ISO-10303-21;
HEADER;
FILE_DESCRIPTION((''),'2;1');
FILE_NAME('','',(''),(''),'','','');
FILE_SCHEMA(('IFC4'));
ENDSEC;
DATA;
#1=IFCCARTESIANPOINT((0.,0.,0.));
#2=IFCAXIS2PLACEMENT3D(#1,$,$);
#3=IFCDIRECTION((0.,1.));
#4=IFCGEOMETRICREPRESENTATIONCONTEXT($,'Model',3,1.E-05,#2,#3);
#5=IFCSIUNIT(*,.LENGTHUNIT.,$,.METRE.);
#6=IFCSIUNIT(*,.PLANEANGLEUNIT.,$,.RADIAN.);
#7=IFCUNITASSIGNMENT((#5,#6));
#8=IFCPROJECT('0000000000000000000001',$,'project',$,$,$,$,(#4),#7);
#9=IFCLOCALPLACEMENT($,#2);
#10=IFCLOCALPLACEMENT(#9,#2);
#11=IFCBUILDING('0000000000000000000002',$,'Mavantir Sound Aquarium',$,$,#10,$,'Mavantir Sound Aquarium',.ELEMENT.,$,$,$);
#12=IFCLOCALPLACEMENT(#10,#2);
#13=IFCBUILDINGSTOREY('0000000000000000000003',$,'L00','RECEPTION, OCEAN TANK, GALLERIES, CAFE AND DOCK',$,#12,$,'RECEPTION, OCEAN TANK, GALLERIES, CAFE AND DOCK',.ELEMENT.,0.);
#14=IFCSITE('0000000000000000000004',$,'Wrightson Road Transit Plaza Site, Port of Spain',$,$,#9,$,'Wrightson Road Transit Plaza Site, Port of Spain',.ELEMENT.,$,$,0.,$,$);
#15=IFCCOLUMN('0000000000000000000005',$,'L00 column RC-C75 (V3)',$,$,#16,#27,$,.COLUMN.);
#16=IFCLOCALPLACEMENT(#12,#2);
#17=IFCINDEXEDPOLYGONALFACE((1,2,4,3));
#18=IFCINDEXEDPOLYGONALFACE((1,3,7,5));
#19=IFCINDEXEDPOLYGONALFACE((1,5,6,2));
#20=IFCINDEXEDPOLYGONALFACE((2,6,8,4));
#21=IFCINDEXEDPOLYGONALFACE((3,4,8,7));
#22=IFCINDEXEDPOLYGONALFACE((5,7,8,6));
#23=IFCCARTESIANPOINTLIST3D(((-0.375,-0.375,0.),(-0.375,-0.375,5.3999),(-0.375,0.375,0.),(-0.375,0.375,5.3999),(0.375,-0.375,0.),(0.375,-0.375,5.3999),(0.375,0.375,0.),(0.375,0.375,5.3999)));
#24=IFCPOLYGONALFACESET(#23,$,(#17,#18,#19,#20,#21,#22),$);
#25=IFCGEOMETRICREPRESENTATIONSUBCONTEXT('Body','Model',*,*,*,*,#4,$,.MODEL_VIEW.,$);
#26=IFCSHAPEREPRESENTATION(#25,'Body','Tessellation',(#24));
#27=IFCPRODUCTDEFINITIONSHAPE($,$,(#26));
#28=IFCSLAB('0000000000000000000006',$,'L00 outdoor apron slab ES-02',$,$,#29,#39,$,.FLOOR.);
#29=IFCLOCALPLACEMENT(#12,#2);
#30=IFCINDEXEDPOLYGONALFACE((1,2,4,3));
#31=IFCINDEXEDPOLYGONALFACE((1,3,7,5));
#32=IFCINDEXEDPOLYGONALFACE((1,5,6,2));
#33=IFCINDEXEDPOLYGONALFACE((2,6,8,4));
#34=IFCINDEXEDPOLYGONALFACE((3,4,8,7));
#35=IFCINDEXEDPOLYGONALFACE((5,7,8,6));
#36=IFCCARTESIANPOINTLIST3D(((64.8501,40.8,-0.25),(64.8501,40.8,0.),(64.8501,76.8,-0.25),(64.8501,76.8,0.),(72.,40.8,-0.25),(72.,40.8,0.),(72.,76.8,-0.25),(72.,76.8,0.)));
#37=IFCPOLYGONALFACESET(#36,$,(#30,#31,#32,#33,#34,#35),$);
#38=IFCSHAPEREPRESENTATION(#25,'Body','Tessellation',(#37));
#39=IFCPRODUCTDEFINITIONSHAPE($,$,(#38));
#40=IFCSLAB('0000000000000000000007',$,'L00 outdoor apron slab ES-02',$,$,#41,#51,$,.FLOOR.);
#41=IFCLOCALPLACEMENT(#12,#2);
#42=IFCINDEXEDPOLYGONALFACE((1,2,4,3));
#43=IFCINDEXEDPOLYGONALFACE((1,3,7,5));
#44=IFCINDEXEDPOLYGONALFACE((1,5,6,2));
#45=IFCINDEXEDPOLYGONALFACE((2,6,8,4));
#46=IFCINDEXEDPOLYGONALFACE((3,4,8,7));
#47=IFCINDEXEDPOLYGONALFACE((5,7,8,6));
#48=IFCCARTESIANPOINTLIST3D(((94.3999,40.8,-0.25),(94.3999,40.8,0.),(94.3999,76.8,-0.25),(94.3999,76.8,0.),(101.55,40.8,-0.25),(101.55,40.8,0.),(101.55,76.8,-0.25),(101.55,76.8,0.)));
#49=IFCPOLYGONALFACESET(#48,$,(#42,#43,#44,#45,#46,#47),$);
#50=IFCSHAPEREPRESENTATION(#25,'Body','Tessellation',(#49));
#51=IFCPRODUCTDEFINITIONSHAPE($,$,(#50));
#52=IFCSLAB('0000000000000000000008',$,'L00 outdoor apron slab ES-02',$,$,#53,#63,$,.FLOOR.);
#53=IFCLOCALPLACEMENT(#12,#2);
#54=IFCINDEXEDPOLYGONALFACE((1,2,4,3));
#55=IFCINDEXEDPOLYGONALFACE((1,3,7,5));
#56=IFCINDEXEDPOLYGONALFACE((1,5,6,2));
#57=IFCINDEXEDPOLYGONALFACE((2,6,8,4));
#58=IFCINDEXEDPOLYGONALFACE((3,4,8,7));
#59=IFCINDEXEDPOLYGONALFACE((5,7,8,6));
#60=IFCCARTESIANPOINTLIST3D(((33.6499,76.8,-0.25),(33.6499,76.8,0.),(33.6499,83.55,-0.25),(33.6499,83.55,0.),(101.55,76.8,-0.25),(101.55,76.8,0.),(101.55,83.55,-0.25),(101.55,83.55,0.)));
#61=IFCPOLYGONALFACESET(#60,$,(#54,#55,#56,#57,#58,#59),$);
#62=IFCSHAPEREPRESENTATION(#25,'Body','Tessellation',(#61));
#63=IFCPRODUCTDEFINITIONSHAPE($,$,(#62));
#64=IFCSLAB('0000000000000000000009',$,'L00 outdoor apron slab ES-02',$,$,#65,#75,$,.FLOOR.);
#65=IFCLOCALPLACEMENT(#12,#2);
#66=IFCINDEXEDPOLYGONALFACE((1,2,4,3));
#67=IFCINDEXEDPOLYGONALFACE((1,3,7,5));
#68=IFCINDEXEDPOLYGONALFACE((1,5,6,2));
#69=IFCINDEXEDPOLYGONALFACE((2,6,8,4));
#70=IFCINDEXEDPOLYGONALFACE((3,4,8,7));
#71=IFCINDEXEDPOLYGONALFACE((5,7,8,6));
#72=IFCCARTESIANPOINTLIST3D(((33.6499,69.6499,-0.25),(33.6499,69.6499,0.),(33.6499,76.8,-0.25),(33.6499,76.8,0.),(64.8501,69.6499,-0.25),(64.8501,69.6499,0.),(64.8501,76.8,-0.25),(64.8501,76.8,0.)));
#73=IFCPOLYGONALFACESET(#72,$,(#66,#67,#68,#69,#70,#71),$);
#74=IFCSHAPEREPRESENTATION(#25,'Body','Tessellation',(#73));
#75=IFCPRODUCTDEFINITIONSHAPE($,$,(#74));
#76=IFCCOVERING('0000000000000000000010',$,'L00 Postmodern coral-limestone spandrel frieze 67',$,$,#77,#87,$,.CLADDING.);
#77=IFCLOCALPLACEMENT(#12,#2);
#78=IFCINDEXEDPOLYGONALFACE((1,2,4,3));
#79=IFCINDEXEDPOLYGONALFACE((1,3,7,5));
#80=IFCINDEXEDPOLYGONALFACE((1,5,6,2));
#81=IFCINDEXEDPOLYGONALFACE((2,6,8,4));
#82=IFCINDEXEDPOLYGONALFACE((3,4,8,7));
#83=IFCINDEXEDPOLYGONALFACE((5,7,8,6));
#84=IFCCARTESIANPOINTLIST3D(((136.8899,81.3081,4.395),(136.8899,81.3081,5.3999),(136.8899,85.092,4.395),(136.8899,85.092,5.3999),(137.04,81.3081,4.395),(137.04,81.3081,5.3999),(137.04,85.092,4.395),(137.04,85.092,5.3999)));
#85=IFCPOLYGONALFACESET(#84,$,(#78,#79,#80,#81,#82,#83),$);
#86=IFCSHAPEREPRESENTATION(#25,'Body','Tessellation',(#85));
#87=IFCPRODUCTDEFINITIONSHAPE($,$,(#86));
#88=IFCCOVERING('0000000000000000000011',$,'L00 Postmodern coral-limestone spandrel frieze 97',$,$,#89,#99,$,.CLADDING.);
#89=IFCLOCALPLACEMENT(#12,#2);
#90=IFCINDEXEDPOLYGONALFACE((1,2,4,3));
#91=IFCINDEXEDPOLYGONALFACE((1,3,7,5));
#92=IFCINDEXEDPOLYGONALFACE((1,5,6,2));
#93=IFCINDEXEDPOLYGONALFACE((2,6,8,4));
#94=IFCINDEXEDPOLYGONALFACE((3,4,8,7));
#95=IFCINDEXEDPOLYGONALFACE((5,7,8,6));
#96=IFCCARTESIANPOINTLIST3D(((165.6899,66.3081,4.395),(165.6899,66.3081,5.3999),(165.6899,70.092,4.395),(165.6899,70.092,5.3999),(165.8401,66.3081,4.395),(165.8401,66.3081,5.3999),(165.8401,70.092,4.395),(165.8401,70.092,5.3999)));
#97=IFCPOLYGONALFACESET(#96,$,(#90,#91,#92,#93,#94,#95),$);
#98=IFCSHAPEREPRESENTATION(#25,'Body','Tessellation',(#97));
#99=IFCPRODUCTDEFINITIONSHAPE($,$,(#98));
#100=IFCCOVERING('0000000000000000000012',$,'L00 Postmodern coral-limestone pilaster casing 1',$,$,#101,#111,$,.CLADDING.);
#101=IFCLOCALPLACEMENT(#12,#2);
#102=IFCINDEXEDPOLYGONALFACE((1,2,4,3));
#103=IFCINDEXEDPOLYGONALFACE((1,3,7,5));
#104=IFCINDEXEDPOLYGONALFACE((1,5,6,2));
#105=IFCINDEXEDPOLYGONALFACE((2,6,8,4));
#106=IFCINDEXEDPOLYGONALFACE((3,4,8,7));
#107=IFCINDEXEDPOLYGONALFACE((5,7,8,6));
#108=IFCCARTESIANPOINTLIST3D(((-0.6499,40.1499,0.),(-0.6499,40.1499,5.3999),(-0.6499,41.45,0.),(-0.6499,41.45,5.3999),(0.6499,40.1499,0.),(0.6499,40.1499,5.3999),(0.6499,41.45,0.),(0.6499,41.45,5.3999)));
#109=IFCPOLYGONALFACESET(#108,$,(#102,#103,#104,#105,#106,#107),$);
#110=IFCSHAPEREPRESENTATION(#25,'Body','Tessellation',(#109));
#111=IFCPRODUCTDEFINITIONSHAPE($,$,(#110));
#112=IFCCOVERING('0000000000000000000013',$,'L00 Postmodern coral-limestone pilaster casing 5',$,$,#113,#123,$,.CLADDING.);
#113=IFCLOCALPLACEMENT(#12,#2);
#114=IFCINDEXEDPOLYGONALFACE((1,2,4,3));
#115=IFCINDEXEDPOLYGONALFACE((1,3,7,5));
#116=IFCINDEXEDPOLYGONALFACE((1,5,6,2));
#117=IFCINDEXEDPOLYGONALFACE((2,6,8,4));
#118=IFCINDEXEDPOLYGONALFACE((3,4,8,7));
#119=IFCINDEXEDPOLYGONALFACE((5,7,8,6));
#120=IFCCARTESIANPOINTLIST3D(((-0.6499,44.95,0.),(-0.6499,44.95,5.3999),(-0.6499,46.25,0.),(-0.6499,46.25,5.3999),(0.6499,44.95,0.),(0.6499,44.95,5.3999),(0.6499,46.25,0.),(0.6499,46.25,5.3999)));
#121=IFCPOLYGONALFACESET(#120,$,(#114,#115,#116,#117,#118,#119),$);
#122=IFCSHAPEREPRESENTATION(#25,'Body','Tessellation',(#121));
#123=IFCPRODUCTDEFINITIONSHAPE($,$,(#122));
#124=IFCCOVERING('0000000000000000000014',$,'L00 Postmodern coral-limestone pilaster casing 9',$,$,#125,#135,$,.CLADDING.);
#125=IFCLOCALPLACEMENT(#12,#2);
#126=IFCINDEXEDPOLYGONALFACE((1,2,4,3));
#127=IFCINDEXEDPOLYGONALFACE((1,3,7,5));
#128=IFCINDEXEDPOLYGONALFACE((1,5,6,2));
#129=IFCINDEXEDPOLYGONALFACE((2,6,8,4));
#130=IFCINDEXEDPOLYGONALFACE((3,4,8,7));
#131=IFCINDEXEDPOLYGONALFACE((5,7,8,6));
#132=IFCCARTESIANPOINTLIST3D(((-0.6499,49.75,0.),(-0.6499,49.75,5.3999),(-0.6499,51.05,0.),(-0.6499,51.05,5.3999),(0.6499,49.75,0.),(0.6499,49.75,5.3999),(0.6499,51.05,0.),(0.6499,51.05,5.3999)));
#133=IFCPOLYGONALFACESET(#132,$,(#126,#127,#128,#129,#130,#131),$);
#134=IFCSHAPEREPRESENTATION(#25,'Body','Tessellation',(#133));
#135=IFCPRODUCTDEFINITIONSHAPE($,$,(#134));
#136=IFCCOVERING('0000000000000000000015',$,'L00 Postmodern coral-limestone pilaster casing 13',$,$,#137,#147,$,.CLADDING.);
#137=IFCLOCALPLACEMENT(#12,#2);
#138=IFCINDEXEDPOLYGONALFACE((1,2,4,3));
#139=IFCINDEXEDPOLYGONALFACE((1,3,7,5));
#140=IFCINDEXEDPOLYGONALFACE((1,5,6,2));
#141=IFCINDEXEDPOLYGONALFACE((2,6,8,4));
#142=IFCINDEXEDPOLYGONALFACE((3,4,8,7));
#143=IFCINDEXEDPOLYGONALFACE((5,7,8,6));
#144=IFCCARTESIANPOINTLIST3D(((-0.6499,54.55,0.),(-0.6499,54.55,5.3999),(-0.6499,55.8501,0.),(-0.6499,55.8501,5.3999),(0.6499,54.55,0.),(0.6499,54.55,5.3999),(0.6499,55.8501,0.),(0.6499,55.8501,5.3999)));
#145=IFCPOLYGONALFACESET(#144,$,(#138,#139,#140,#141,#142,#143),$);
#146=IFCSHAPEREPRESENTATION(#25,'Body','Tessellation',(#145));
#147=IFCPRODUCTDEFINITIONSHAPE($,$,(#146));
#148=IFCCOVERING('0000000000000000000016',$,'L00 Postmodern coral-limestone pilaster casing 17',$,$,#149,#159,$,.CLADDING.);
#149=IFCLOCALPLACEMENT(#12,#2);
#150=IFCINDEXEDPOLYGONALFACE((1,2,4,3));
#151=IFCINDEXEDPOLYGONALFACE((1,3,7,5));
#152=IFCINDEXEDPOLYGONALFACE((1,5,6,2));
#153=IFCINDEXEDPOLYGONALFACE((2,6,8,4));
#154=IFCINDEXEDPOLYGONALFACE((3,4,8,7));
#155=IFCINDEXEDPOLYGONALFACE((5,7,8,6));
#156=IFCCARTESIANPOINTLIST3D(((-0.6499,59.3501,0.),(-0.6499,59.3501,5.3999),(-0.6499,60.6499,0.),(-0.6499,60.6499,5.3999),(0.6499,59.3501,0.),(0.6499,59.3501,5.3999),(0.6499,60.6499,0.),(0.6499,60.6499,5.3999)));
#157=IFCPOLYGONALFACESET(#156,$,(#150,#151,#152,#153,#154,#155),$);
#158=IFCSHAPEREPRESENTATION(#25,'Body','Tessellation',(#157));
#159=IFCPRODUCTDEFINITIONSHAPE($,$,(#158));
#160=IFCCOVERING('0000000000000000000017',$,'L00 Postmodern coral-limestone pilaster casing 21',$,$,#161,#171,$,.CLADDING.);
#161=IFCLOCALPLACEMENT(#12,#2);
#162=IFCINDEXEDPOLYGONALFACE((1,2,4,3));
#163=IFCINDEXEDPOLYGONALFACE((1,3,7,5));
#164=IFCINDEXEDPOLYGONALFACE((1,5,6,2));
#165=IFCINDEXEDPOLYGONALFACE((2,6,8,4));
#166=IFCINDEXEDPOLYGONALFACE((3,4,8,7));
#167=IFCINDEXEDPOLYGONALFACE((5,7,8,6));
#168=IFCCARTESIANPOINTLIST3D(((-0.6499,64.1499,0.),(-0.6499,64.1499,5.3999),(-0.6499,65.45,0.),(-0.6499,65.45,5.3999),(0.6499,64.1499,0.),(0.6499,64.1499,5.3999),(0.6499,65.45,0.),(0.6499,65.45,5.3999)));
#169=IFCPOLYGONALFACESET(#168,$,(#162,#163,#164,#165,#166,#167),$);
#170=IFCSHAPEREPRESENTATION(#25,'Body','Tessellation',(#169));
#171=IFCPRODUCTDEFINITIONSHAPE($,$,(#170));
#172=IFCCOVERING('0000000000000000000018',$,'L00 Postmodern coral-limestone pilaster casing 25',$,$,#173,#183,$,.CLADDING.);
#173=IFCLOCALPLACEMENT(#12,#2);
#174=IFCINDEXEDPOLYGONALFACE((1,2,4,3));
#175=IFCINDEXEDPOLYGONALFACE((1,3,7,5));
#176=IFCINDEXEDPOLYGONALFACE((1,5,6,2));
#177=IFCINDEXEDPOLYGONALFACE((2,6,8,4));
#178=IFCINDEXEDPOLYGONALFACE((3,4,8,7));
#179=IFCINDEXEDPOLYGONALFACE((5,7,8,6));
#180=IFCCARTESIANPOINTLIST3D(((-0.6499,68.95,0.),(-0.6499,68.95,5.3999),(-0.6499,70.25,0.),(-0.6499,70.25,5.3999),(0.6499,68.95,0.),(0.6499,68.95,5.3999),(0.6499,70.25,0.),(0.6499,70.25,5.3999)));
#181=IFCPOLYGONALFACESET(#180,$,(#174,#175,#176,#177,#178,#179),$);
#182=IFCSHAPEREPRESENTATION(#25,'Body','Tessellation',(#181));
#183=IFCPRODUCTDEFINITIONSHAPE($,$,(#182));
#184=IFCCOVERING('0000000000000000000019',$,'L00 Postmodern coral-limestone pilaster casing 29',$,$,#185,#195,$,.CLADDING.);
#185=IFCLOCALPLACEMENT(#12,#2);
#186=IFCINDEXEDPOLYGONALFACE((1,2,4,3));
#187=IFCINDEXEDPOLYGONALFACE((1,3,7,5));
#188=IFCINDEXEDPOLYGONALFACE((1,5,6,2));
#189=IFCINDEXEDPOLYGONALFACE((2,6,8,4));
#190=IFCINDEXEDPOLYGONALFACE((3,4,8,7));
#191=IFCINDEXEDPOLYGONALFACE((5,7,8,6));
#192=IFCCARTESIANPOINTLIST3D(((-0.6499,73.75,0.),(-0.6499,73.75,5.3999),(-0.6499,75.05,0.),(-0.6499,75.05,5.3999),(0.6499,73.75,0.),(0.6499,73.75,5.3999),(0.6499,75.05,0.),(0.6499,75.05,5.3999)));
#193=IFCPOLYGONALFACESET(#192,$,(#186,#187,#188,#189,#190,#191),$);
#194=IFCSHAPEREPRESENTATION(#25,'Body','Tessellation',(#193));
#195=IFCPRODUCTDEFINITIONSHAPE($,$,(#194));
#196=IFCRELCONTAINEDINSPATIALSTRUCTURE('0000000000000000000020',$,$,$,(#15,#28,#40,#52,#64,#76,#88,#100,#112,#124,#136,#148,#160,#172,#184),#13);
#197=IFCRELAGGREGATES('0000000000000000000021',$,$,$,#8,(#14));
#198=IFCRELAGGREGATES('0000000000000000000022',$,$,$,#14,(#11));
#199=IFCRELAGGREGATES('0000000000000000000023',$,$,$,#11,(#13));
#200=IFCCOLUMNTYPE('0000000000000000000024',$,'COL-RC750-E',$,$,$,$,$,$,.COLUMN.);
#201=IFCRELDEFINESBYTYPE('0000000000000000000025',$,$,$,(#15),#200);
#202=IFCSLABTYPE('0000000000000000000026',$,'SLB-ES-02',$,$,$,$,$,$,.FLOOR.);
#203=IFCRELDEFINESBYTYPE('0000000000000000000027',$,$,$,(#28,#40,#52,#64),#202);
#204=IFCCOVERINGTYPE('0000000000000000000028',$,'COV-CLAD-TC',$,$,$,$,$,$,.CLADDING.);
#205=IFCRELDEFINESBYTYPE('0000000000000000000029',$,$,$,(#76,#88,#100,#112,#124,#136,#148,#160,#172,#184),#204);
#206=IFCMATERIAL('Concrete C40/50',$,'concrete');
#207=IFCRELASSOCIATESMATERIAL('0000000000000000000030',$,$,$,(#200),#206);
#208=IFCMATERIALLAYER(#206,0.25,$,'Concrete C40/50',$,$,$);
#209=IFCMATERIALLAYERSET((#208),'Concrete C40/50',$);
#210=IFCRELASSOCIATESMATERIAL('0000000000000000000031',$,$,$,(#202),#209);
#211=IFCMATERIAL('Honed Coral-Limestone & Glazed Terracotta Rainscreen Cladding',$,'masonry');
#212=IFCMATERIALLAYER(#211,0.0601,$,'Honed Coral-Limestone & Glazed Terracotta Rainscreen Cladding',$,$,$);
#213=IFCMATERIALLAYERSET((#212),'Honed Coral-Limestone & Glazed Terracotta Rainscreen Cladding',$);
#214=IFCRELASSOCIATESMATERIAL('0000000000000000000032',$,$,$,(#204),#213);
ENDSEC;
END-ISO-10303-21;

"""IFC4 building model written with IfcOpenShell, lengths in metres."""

from ifc_helpers import new_model, si_unit, direction, frame, origin, origin_with_axes, origin_2d, place, context, subcontext, project, spatial, polyline, rectangle, outline, extrude, material, layer, layer_set, material_profile, profile_set, type_object, element, save


model = new_model("IFC4")

# Units and contexts
model_context = context("Model", 3, precision=1e-05, world=origin(), true_north=direction((0.0, 1.0)))
body_context = subcontext(model_context, "Body", "Model", "MODEL_VIEW")
ifc_project = project(units=[si_unit("LENGTHUNIT", "METRE"), si_unit("PLANEANGLEUNIT", "RADIAN")], contexts=[model_context])

# Site, building, storey
site_placement = place(None, origin())
site = spatial("IfcSite", under=ifc_project, at=site_placement, Name="Wrightson Road Transit Plaza Site, Port of Spain", LongName="Wrightson Road Transit Plaza Site, Port of Spain", CompositionType="ELEMENT", RefElevation=0.0)
building_placement = place(site_placement, origin())
building = spatial("IfcBuilding", under=site, at=building_placement, Name="Mavantir Sound Aquarium", LongName="Mavantir Sound Aquarium", CompositionType="ELEMENT")
storey_placement = place(building_placement, origin())
storey = spatial("IfcBuildingStorey", under=building, at=storey_placement, Name="L00", Description="RECEPTION, OCEAN TANK, GALLERIES, CAFE AND DOCK", LongName="RECEPTION, OCEAN TANK, GALLERIES, CAFE AND DOCK", CompositionType="ELEMENT", Elevation=0.0)

# Column
ifc_material_1 = material(Name="Concrete C40/50", Category="concrete")
ifc_material_profile = material_profile(ifc_material_1, rectangle(XDim=0.75, YDim=0.75, at=origin_2d()), Name="RC 750X750")
ifc_profile_set = profile_set([ifc_material_profile], Name="Concrete C40/50")
column_type = type_object("IfcColumnType", Name="COL-RC750-E", PredefinedType="COLUMN", material=ifc_profile_set)
column_placement = place(storey_placement, origin_with_axes())
element("IfcColumn", 1, at=column_placement, inside=storey, type_object=column_type, Name="L00 column RC-C75 (V3)", PredefinedType="COLUMN", context=body_context, shape_type="SweptSolid", body=[
    extrude(rectangle(XDim=0.75, YDim=0.75, at=origin_2d()), origin(), (0.0, 0.0, 1.0), 5.3999),
])

# Slabs
ifc_layer_1 = layer(ifc_material_1, 0.25, Name="Concrete C40/50")
ifc_layer_set_1 = layer_set([ifc_layer_1], Name="Concrete C40/50")
slab_type = type_object("IfcSlabType", Name="SLB-ES-02", PredefinedType="FLOOR", material=ifc_layer_set_1)
slab_1_placement = place(storey_placement, frame((0.0, 0.0, -0.25)))
element("IfcSlab", 2, at=slab_1_placement, inside=storey, type_object=slab_type, Name="L00 outdoor apron slab ES-02", PredefinedType="FLOOR", context=body_context, shape_type="SweptSolid", body=[
    extrude(outline(polyline([(64.8501, 40.8), (72.0, 40.8), (72.0, 76.8), (64.8501, 76.8), (64.8501, 40.8)])), origin(), (0.0, 0.0, 1.0), 0.25),
])
slab_2_placement = place(storey_placement, frame((0.0, 0.0, -0.25)))
element("IfcSlab", 3, at=slab_2_placement, inside=storey, type_object=slab_type, Name="L00 outdoor apron slab ES-02", PredefinedType="FLOOR", context=body_context, shape_type="SweptSolid", body=[
    extrude(outline(polyline([(94.3999, 40.8), (101.55, 40.8), (101.55, 76.8), (94.3999, 76.8), (94.3999, 40.8)])), origin(), (0.0, 0.0, 1.0), 0.25),
])
slab_3_placement = place(storey_placement, frame((0.0, 0.0, -0.25)))
element("IfcSlab", 4, at=slab_3_placement, inside=storey, type_object=slab_type, Name="L00 outdoor apron slab ES-02", PredefinedType="FLOOR", context=body_context, shape_type="SweptSolid", body=[
    extrude(outline(polyline([(33.6499, 76.8), (101.55, 76.8), (101.55, 83.55), (33.6499, 83.55), (33.6499, 76.8)])), origin(), (0.0, 0.0, 1.0), 0.25),
])
slab_4_placement = place(storey_placement, frame((0.0, 0.0, -0.25)))
element("IfcSlab", 5, at=slab_4_placement, inside=storey, type_object=slab_type, Name="L00 outdoor apron slab ES-02", PredefinedType="FLOOR", context=body_context, shape_type="SweptSolid", body=[
    extrude(outline(polyline([(33.6499, 69.6499), (64.8501, 69.6499), (64.8501, 76.8), (33.6499, 76.8), (33.6499, 69.6499)])), origin(), (0.0, 0.0, 1.0), 0.25),
])

# Coverings
ifc_material_2 = material(Name="Honed Coral-Limestone & Glazed Terracotta Rainscreen Cladding", Category="masonry")
ifc_layer_2 = layer(ifc_material_2, 0.0601, Name="Honed Coral-Limestone & Glazed Terracotta Rainscreen Cladding")
ifc_layer_set_2 = layer_set([ifc_layer_2], Name="Honed Coral-Limestone & Glazed Terracotta Rainscreen Cladding")
covering_type = type_object("IfcCoveringType", Name="COV-CLAD-TC", PredefinedType="CLADDING", material=ifc_layer_set_2)
covering_1_placement = place(storey_placement, frame((0.0, 0.0, 4.395)))
element("IfcCovering", 6, at=covering_1_placement, inside=storey, type_object=covering_type, Name="L00 Postmodern coral-limestone spandrel frieze 67", PredefinedType="CLADDING", context=body_context, shape_type="SweptSolid", body=[
    extrude(outline(polyline([(136.8899, 81.3081), (136.8899, 85.092), (137.04, 85.092), (137.04, 81.3081), (136.8899, 81.3081)])), origin(), (0.0, 0.0, 1.0), 1.0049),
])
covering_2_placement = place(storey_placement, frame((0.0, 0.0, 4.395)))
element("IfcCovering", 7, at=covering_2_placement, inside=storey, type_object=covering_type, Name="L00 Postmodern coral-limestone spandrel frieze 97", PredefinedType="CLADDING", context=body_context, shape_type="SweptSolid", body=[
    extrude(outline(polyline([(165.6899, 66.3081), (165.6899, 70.092), (165.8401, 70.092), (165.8401, 66.3081), (165.6899, 66.3081)])), origin(), (0.0, 0.0, 1.0), 1.0049),
])
covering_3_placement = place(storey_placement, origin())
element("IfcCovering", 8, at=covering_3_placement, inside=storey, type_object=covering_type, Name="L00 Postmodern coral-limestone pilaster casing 1", PredefinedType="CLADDING", context=body_context, shape_type="SweptSolid", body=[
    extrude(outline(polyline([(-0.6499, 40.1499), (0.6499, 40.1499), (0.6499, 41.45), (-0.6499, 41.45), (-0.6499, 40.1499)])), origin(), (0.0, 0.0, 1.0), 5.3999),
])
covering_4_placement = place(storey_placement, origin())
element("IfcCovering", 9, at=covering_4_placement, inside=storey, type_object=covering_type, Name="L00 Postmodern coral-limestone pilaster casing 5", PredefinedType="CLADDING", context=body_context, shape_type="SweptSolid", body=[
    extrude(outline(polyline([(-0.6499, 44.95), (0.6499, 44.95), (0.6499, 46.25), (-0.6499, 46.25), (-0.6499, 44.95)])), origin(), (0.0, 0.0, 1.0), 5.3999),
])
covering_5_placement = place(storey_placement, origin())
element("IfcCovering", 10, at=covering_5_placement, inside=storey, type_object=covering_type, Name="L00 Postmodern coral-limestone pilaster casing 9", PredefinedType="CLADDING", context=body_context, shape_type="SweptSolid", body=[
    extrude(outline(polyline([(-0.6499, 49.75), (0.6499, 49.75), (0.6499, 51.05), (-0.6499, 51.05), (-0.6499, 49.75)])), origin(), (0.0, 0.0, 1.0), 5.3999),
])
covering_6_placement = place(storey_placement, origin())
element("IfcCovering", 11, at=covering_6_placement, inside=storey, type_object=covering_type, Name="L00 Postmodern coral-limestone pilaster casing 13", PredefinedType="CLADDING", context=body_context, shape_type="SweptSolid", body=[
    extrude(outline(polyline([(-0.6499, 54.55), (0.6499, 54.55), (0.6499, 55.8501), (-0.6499, 55.8501), (-0.6499, 54.55)])), origin(), (0.0, 0.0, 1.0), 5.3999),
])
covering_7_placement = place(storey_placement, origin())
element("IfcCovering", 12, at=covering_7_placement, inside=storey, type_object=covering_type, Name="L00 Postmodern coral-limestone pilaster casing 17", PredefinedType="CLADDING", context=body_context, shape_type="SweptSolid", body=[
    extrude(outline(polyline([(-0.6499, 59.3501), (0.6499, 59.3501), (0.6499, 60.6499), (-0.6499, 60.6499), (-0.6499, 59.3501)])), origin(), (0.0, 0.0, 1.0), 5.3999),
])
covering_8_placement = place(storey_placement, origin())
element("IfcCovering", 13, at=covering_8_placement, inside=storey, type_object=covering_type, Name="L00 Postmodern coral-limestone pilaster casing 21", PredefinedType="CLADDING", context=body_context, shape_type="SweptSolid", body=[
    extrude(outline(polyline([(-0.6499, 64.1499), (0.6499, 64.1499), (0.6499, 65.45), (-0.6499, 65.45), (-0.6499, 64.1499)])), origin(), (0.0, 0.0, 1.0), 5.3999),
])
covering_9_placement = place(storey_placement, origin())
element("IfcCovering", 14, at=covering_9_placement, inside=storey, type_object=covering_type, Name="L00 Postmodern coral-limestone pilaster casing 25", PredefinedType="CLADDING", context=body_context, shape_type="SweptSolid", body=[
    extrude(outline(polyline([(-0.6499, 68.95), (0.6499, 68.95), (0.6499, 70.25), (-0.6499, 70.25), (-0.6499, 68.95)])), origin(), (0.0, 0.0, 1.0), 5.3999),
])
covering_10_placement = place(storey_placement, origin())
element("IfcCovering", 15, at=covering_10_placement, inside=storey, type_object=covering_type, Name="L00 Postmodern coral-limestone pilaster casing 29", PredefinedType="CLADDING", context=body_context, shape_type="SweptSolid", body=[
    extrude(outline(polyline([(-0.6499, 73.75), (0.6499, 73.75), (0.6499, 75.05), (-0.6499, 75.05), (-0.6499, 73.75)])), origin(), (0.0, 0.0, 1.0), 5.3999),
])

save(model, "model.ifc")
